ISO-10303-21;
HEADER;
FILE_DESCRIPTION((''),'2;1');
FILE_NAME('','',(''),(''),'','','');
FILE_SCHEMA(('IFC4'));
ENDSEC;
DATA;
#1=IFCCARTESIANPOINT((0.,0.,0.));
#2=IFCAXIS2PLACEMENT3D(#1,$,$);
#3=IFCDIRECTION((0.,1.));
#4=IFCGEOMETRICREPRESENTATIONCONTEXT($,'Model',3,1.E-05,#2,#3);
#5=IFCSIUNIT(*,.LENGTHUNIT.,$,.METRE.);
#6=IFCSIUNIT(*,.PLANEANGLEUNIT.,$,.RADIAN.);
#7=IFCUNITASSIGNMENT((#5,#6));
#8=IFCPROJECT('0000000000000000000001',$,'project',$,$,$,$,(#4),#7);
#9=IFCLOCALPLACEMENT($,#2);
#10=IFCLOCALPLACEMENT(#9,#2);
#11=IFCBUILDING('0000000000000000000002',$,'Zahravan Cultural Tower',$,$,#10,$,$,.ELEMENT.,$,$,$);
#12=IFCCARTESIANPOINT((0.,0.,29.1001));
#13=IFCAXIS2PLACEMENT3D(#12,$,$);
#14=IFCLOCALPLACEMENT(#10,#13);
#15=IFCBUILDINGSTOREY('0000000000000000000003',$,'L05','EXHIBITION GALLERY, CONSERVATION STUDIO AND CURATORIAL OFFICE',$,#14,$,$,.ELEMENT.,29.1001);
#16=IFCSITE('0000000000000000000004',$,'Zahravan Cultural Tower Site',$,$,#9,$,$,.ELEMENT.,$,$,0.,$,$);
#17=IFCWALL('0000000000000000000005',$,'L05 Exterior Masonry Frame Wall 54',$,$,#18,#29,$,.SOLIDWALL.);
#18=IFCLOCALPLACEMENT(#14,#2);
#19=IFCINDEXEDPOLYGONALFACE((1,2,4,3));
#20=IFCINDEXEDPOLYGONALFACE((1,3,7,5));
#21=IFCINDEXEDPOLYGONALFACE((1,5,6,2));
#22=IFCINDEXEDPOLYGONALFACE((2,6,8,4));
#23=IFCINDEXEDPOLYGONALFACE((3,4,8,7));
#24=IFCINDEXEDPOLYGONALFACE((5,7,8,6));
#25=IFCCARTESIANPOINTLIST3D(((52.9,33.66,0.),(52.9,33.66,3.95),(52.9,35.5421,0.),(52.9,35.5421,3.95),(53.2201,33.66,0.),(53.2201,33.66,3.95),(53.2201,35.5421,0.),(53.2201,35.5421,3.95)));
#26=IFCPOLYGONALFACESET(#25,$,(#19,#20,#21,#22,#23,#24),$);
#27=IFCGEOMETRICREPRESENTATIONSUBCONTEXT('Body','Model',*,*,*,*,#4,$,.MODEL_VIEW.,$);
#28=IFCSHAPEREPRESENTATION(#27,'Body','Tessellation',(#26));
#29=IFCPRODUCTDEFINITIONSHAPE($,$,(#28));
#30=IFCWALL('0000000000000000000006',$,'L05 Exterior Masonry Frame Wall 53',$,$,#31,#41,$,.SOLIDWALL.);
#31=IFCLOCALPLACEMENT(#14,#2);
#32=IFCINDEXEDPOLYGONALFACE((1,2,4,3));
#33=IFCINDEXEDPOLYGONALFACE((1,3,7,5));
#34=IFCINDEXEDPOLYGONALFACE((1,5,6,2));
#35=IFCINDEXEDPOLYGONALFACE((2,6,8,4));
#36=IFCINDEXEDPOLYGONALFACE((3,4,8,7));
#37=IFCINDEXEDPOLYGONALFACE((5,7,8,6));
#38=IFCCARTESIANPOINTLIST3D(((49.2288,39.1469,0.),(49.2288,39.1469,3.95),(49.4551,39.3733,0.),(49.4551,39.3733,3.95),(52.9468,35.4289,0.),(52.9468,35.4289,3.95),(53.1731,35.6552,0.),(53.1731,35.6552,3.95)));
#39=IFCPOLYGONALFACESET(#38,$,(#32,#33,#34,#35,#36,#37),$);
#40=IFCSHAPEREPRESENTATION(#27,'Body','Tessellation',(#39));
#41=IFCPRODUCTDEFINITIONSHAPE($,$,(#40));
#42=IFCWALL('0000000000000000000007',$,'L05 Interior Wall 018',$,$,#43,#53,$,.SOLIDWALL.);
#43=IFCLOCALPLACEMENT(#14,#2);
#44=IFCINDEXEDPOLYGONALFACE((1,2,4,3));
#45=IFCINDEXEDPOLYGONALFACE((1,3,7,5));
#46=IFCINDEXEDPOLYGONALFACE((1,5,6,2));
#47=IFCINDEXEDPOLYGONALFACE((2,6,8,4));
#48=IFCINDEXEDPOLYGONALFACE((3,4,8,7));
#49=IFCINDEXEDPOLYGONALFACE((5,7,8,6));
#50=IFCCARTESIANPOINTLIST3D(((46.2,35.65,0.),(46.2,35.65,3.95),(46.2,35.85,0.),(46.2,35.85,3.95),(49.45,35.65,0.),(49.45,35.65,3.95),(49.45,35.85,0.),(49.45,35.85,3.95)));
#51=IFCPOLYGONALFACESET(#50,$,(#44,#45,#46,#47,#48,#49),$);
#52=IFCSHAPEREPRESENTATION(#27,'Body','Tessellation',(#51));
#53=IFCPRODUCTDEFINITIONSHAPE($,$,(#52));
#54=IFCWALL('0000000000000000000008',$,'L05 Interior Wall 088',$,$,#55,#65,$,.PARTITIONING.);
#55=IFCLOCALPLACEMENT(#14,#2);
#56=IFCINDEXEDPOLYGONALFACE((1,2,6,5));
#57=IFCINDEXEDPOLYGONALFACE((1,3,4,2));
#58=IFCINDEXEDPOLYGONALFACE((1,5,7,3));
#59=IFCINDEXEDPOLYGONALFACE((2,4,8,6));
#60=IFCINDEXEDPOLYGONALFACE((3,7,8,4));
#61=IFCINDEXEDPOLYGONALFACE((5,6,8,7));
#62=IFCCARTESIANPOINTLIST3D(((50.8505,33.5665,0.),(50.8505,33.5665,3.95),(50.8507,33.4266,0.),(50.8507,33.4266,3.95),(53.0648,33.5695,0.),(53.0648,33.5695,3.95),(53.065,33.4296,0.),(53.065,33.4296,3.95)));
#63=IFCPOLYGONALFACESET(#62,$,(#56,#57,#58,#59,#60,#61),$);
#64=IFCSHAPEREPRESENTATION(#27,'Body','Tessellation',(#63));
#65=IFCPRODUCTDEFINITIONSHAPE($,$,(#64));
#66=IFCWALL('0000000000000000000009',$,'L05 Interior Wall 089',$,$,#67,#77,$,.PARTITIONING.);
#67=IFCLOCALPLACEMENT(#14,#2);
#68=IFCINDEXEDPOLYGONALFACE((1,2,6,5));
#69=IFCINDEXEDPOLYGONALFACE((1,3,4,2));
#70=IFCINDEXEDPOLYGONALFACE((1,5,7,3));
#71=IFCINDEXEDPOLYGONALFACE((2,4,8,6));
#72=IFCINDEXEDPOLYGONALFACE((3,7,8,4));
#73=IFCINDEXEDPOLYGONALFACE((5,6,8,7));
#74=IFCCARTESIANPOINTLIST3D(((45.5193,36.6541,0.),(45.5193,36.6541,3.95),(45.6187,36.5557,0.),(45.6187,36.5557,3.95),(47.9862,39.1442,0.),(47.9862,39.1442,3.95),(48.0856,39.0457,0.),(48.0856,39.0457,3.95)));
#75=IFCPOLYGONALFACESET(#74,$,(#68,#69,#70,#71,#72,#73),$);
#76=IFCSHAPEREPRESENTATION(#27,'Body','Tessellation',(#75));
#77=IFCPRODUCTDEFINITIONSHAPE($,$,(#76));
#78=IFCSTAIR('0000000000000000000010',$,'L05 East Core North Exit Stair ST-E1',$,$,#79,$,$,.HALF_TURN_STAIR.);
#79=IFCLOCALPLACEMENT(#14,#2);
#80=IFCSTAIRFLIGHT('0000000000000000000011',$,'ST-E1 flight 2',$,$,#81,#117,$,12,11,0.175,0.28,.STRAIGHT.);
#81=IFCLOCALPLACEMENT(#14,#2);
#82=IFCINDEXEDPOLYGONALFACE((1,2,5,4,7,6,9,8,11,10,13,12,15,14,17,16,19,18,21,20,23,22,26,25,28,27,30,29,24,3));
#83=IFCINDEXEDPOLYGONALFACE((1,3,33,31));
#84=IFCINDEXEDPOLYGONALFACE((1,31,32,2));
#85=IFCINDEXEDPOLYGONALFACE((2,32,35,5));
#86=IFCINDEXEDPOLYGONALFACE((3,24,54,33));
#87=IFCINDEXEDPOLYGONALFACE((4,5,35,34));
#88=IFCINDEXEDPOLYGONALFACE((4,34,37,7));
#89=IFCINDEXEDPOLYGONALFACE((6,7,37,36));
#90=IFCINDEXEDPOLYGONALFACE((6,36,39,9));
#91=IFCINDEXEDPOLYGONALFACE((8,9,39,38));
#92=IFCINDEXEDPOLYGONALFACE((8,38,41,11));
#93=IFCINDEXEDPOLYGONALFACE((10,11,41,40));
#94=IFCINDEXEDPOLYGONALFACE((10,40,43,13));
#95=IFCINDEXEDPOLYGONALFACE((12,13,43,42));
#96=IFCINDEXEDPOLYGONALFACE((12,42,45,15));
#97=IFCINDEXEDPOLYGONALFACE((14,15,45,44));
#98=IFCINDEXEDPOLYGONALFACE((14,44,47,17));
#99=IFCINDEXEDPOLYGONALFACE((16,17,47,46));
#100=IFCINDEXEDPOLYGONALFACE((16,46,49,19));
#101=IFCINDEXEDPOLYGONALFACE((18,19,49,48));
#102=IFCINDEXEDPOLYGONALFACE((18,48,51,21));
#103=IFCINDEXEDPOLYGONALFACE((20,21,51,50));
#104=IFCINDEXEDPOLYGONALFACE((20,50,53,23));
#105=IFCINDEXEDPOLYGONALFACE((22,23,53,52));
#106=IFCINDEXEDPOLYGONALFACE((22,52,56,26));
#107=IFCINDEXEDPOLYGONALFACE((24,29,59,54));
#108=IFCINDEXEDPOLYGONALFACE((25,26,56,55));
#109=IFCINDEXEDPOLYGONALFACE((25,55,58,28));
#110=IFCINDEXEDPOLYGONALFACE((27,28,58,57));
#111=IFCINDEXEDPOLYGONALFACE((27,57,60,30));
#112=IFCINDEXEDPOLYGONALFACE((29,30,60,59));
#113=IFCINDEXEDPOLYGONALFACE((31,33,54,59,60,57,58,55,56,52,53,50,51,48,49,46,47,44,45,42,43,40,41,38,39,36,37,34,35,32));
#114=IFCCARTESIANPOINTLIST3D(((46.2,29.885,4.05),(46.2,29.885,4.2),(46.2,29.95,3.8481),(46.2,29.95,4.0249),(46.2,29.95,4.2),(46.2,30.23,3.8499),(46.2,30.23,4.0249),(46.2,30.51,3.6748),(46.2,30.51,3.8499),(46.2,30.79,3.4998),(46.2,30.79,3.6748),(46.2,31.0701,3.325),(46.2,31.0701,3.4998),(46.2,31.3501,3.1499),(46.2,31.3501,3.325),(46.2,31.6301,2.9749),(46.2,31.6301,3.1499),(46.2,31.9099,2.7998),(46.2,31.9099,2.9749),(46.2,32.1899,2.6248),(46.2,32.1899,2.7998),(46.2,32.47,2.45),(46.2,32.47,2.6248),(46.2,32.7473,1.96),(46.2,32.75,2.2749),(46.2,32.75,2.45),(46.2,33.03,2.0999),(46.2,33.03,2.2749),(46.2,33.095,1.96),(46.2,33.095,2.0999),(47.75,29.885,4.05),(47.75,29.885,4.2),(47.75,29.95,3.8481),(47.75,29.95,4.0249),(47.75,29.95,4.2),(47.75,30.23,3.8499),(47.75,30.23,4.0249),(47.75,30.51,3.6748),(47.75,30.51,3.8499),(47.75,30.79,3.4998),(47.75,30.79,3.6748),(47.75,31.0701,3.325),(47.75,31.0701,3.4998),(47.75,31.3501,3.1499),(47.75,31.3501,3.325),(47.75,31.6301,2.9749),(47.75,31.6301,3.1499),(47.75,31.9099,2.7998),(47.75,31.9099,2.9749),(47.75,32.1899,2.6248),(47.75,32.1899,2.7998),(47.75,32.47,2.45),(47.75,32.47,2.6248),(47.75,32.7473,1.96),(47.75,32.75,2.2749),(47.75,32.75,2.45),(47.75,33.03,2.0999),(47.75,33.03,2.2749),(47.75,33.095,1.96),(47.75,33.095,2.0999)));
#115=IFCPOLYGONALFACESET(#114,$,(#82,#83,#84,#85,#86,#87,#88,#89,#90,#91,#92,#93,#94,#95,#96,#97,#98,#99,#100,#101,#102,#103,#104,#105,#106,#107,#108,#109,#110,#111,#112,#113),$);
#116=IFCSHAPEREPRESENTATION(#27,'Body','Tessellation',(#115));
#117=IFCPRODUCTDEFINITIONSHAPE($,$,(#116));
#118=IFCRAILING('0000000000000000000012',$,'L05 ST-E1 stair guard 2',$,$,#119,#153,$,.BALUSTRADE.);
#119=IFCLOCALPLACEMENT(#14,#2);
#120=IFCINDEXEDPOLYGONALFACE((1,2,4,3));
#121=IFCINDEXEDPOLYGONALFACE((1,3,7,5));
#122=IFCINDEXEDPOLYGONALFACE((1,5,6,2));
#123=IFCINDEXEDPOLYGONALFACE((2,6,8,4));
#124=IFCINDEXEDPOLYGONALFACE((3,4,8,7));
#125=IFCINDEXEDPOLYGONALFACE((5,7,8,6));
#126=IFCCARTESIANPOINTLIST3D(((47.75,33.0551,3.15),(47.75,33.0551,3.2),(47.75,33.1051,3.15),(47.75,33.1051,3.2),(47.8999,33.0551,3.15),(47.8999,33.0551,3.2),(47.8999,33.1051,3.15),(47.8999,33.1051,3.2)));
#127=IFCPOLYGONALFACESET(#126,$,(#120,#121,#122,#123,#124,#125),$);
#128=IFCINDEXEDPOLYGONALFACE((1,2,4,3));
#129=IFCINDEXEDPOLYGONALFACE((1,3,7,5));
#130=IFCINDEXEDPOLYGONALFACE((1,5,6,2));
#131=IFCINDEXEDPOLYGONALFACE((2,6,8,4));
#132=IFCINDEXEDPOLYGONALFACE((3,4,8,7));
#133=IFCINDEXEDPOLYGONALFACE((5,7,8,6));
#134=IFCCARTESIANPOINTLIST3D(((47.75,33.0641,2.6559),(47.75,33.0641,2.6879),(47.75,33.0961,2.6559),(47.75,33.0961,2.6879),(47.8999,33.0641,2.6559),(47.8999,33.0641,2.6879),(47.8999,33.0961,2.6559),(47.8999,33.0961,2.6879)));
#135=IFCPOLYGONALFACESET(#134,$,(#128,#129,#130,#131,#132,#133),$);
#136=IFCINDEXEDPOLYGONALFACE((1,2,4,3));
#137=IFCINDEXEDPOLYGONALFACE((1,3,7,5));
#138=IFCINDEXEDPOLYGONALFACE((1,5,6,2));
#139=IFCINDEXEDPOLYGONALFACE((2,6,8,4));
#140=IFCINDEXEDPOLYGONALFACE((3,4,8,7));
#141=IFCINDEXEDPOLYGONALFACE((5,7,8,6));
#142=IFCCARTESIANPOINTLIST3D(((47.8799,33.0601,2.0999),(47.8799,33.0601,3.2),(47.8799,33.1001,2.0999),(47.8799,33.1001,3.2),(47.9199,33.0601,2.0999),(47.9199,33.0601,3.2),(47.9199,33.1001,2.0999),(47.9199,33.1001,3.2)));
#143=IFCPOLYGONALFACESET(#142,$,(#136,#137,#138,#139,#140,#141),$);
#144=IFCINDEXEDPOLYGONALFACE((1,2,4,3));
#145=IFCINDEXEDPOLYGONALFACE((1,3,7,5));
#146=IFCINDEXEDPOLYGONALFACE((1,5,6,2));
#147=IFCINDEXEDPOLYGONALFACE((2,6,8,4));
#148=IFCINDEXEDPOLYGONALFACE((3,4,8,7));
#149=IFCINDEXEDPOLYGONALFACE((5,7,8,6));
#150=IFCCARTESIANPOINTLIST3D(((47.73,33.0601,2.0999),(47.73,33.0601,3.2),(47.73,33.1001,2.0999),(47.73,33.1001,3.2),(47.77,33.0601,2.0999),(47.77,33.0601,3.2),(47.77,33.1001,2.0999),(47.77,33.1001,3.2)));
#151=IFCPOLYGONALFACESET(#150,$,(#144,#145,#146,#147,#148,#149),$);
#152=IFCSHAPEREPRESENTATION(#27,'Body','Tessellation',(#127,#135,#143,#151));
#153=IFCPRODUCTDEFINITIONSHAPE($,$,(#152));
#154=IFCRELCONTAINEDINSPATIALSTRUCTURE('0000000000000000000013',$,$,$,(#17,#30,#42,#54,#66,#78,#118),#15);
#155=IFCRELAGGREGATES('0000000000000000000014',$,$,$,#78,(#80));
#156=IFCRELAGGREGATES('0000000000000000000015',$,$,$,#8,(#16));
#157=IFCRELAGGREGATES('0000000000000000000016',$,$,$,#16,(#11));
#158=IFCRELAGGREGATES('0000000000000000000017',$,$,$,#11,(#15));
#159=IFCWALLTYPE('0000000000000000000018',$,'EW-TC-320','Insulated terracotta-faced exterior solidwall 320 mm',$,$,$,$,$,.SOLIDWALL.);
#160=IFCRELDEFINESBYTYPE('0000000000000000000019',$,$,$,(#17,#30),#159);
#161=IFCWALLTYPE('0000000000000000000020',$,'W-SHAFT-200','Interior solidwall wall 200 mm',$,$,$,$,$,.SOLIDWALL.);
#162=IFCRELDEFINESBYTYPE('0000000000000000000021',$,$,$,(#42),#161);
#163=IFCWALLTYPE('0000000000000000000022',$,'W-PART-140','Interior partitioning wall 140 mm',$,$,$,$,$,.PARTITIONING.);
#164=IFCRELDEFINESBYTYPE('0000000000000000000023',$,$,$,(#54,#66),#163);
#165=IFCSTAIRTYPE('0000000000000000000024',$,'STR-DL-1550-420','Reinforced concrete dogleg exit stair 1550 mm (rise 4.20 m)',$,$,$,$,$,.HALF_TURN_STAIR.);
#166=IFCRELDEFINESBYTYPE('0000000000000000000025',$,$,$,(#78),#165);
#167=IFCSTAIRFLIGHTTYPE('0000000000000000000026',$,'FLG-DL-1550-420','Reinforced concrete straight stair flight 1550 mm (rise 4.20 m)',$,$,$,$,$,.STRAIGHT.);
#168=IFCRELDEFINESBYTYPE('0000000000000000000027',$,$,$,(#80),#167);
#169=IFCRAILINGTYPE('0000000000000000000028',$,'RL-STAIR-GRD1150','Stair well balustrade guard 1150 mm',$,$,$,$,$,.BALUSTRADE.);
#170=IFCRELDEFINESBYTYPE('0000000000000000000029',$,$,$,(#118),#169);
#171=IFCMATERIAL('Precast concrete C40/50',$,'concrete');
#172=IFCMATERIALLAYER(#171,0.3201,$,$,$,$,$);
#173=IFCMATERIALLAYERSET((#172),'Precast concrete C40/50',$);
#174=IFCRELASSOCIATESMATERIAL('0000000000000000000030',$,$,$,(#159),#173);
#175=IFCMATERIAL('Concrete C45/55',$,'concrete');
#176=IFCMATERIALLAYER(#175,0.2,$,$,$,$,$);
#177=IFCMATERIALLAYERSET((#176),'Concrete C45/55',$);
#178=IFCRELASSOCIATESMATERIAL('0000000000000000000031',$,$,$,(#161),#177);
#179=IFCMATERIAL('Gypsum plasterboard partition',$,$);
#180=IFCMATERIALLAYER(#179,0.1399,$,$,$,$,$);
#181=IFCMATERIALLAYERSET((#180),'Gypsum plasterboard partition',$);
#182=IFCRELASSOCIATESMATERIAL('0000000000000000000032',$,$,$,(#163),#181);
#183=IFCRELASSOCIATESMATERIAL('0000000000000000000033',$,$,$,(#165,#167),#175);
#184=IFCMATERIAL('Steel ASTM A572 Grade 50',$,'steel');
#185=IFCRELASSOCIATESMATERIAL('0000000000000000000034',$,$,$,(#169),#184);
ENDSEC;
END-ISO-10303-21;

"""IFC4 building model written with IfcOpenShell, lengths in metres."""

from ifc_helpers import new_model, si_unit, direction, frame, frame_2d, origin, origin_2d, place, context, subcontext, project, spatial, polyline, rectangle, outline, extrude, source, transform, mapped, material, layer, layer_set, type_object, element, aggregate, save


model = new_model("IFC4")

# Units and contexts
model_context = context("Model", 3, precision=1e-05, world=origin(), true_north=direction((0.0, 1.0)))
body_context = subcontext(model_context, "Body", "Model", "MODEL_VIEW")
ifc_project = project(units=[si_unit("LENGTHUNIT", "METRE"), si_unit("PLANEANGLEUNIT", "RADIAN")], contexts=[model_context])

# Site, building, storey
site_placement = place(None, origin())
site = spatial("IfcSite", under=ifc_project, at=site_placement, Name="Zahravan Cultural Tower Site", CompositionType="ELEMENT", RefElevation=0.0)
building_placement = place(site_placement, origin())
building = spatial("IfcBuilding", under=site, at=building_placement, Name="Zahravan Cultural Tower", CompositionType="ELEMENT")
storey_placement = place(building_placement, frame((0.0, 0.0, 29.1001)))
storey = spatial("IfcBuildingStorey", under=building, at=storey_placement, Name="L05", Description="EXHIBITION GALLERY, CONSERVATION STUDIO AND CURATORIAL OFFICE", CompositionType="ELEMENT", Elevation=29.1001)

# Shared definitions
ifc_material_1 = material(Name="Steel ASTM A572 Grade 50", Category="steel")

# Shared definitions
ifc_material_2 = material(Name="Precast concrete C40/50", Category="concrete")
ifc_layer_1 = layer(ifc_material_2, 0.3201)
ifc_layer_set_1 = layer_set([ifc_layer_1], Name="Precast concrete C40/50")
wall_type_1 = type_object("IfcWallType", Name="EW-TC-320", Description="Insulated terracotta-faced exterior solidwall 320 mm", PredefinedType="SOLIDWALL", material=ifc_layer_set_1)

# Walls
shared_shape_1 = source(origin(), body_context, "Body", "SweptSolid", [
    extrude(rectangle(XDim=1.8821, YDim=0.3201, at=frame_2d((0.9409, 0.0))), origin(), (0.0, 0.0, 1.0), 3.95),
])
wall_1_placement = place(storey_placement, frame((53.0601, 35.542, 0.0), z_axis=(0.0, 0.0, 1.0), x_axis=(0.0, -1.0, 0.0)))
element("IfcWall", 1, at=wall_1_placement, inside=storey, type_object=wall_type_1, Name="L05 Exterior Masonry Frame Wall 54", PredefinedType="SOLIDWALL", context=body_context, shape_type="MappedRepresentation", body=[
    mapped(shared_shape_1, transform((0.0, 0.0, 0.0), x_axis=(1.0, 0.0, 0.0), y_axis=(0.0, 1.0, 0.0), z_axis=(0.0, 0.0, 1.0), scale=1.0)),
])
shared_shape_2 = source(origin(), body_context, "Body", "SweptSolid", [
    extrude(rectangle(XDim=5.2581, YDim=0.3201, at=frame_2d((2.6289, 0.0))), origin(), (0.0, 0.0, 1.0), 3.95),
])
wall_2_placement = place(storey_placement, frame((49.342, 39.26, 0.0), z_axis=(0.0, 0.0, 1.0), x_axis=(0.707107, -0.707107, 0.0)))
element("IfcWall", 2, at=wall_2_placement, inside=storey, type_object=wall_type_1, Name="L05 Exterior Masonry Frame Wall 53", PredefinedType="SOLIDWALL", context=body_context, shape_type="MappedRepresentation", body=[
    mapped(shared_shape_2, transform((0.0, 0.0, 0.0), x_axis=(1.0, 0.0, 0.0), y_axis=(0.0, 1.0, 0.0), z_axis=(0.0, 0.0, 1.0), scale=1.0)),
])
ifc_material_3 = material(Name="Concrete C45/55", Category="concrete")
ifc_layer_2 = layer(ifc_material_3, 0.2)
ifc_layer_set_2 = layer_set([ifc_layer_2], Name="Concrete C45/55")
wall_type_2 = type_object("IfcWallType", Name="W-SHAFT-200", Description="Interior solidwall wall 200 mm", PredefinedType="SOLIDWALL", material=ifc_layer_set_2)
shared_shape_3 = source(origin(), body_context, "Body", "SweptSolid", [
    extrude(rectangle(XDim=3.25, YDim=0.2, at=frame_2d((1.625, 0.0))), origin(), (0.0, 0.0, 1.0), 3.95),
])
wall_3_placement = place(storey_placement, frame((46.2, 35.75, 0.0), z_axis=(0.0, 0.0, 1.0), x_axis=(1.0, 0.0, 0.0)))
element("IfcWall", 3, at=wall_3_placement, inside=storey, type_object=wall_type_2, Name="L05 Interior Wall 018", PredefinedType="SOLIDWALL", context=body_context, shape_type="MappedRepresentation", body=[
    mapped(shared_shape_3, transform((0.0, 0.0, 0.0), x_axis=(1.0, 0.0, 0.0), y_axis=(0.0, 1.0, 0.0), z_axis=(0.0, 0.0, 1.0), scale=1.0)),
])
ifc_material_4 = material(Name="Gypsum plasterboard partition")
ifc_layer_3 = layer(ifc_material_4, 0.1399)
ifc_layer_set_3 = layer_set([ifc_layer_3], Name="Gypsum plasterboard partition")
wall_type_3 = type_object("IfcWallType", Name="W-PART-140", Description="Interior partitioning wall 140 mm", PredefinedType="PARTITIONING", material=ifc_layer_set_3)
shared_shape_4 = source(origin(), body_context, "Body", "SweptSolid", [
    extrude(rectangle(XDim=2.2144, YDim=0.1399, at=frame_2d((1.1072, 0.0))), origin(), (0.0, 0.0, 1.0), 3.95),
])
wall_4_placement = place(storey_placement, frame((53.0649, 33.4995, 0.0), z_axis=(0.0, 0.0, 1.0), x_axis=(-0.999999, -0.001323, 0.0)))
element("IfcWall", 4, at=wall_4_placement, inside=storey, type_object=wall_type_3, Name="L05 Interior Wall 088", PredefinedType="PARTITIONING", context=body_context, shape_type="MappedRepresentation", body=[
    mapped(shared_shape_4, transform((0.0, 0.0, 0.0), x_axis=(1.0, 0.0, 0.0), y_axis=(0.0, 1.0, 0.0), z_axis=(0.0, 0.0, 1.0), scale=1.0)),
])
shared_shape_5 = source(origin(), body_context, "Body", "SweptSolid", [
    extrude(rectangle(XDim=3.5051, YDim=0.1399, at=frame_2d((1.7524, 0.0))), origin(), (0.0, 0.0, 1.0), 3.95),
])
wall_5_placement = place(storey_placement, frame((45.5691, 36.605, 0.0), z_axis=(0.0, 0.0, 1.0), x_axis=(0.70379, 0.710408, 0.0)))
element("IfcWall", 5, at=wall_5_placement, inside=storey, type_object=wall_type_3, Name="L05 Interior Wall 089", PredefinedType="PARTITIONING", context=body_context, shape_type="MappedRepresentation", body=[
    mapped(shared_shape_5, transform((0.0, 0.0, 0.0), x_axis=(1.0, 0.0, 0.0), y_axis=(0.0, 1.0, 0.0), z_axis=(0.0, 0.0, 1.0), scale=1.0)),
])

# Stair, stair flight
stair_type = type_object("IfcStairType", Name="STR-DL-1550-420", Description="Reinforced concrete dogleg exit stair 1550 mm (rise 4.20 m)", PredefinedType="HALF_TURN_STAIR", material=ifc_material_3)
stair_placement = place(storey_placement, origin())
stair = element("IfcStair", 6, at=stair_placement, inside=storey, type_object=stair_type, Name="L05 East Core North Exit Stair ST-E1", PredefinedType="HALF_TURN_STAIR")
stair_flight_type = type_object("IfcStairFlightType", Name="FLG-DL-1550-420", Description="Reinforced concrete straight stair flight 1550 mm (rise 4.20 m)", PredefinedType="STRAIGHT", material=ifc_material_3)
stair_flight_placement = place(storey_placement, frame((46.9751, 33.03, 2.0999), z_axis=(0.0, 0.0, 1.0), x_axis=(0.0, -1.0, 0.0)))
stair_flight = element("IfcStairFlight", 7, at=stair_flight_placement, type_object=stair_flight_type, Name="ST-E1 flight 2", NumberOfRisers=12, NumberOfTreads=11, PredefinedType="STRAIGHT", RiserHeight=0.175, TreadLength=0.28, context=body_context, shape_type="SweptSolid", body=[
    extrude(outline(polyline([(-0.0649, -0.1399), (-0.0649, 0.0), (0.0, 0.0), (0.0, 0.175), (0.28, 0.175), (0.28, 0.3501), (0.5601, 0.3501), (0.5601, 0.5249), (0.8401, 0.5249), (0.8401, 0.7), (1.1201, 0.7), (1.1201, 0.875), (1.3999, 0.875), (1.3999, 1.05), (1.6799, 1.05), (1.6799, 1.2251), (1.96, 1.2251), (1.96, 1.3999), (2.24, 1.3999), (2.24, 1.575), (2.52, 1.575), (2.52, 1.75), (2.8, 1.75), (2.8, 1.925), (3.0801, 1.925), (3.0801, 2.1001), (3.145, 2.1001), (3.145, 1.9502), (3.0801, 1.7483), (0.2827, -0.1399), (-0.0649, -0.1399)])), frame((0.0, 0.7749, 0.0), z_axis=(0.0, -1.0, 0.0), x_axis=(1.0, 0.0, 0.0)), (0.0, 0.0, 1.0), 1.55),
])
aggregate(stair, [stair_flight])

# Railing
railing_type_1 = type_object("IfcRailingType", Name="RL-STAIR-GRD1150", Description="Stair well balustrade guard 1150 mm", PredefinedType="BALUSTRADE", material=ifc_material_1)
railing_1_placement = place(storey_placement, frame((47.8999, 33.0801, 2.0999)))
element("IfcRailing", 8, at=railing_1_placement, inside=storey, type_object=railing_type_1, Name="L05 ST-E1 stair guard 2", PredefinedType="BALUSTRADE", context=body_context, shape_type="SweptSolid", body=[
    extrude(rectangle(XDim=0.05, YDim=0.05, at=origin_2d()), frame((0.0, 0.0, 1.0752), z_axis=(-1.0, 0.0, 0.0), x_axis=(0.0, -1.0, 0.0)), (0.0, 0.0, 1.0), 0.1499),
    extrude(rectangle(XDim=0.032, YDim=0.032, at=origin_2d()), frame((0.0, 0.0, 0.572), z_axis=(-1.0, 0.0, 0.0), x_axis=(0.0, -1.0, 0.0)), (0.0, 0.0, 1.0), 0.1499),
    extrude(rectangle(XDim=0.04, YDim=0.04, at=origin_2d()), origin(), (0.0, 0.0, 1.0), 1.1001),
    extrude(rectangle(XDim=0.04, YDim=0.04, at=origin_2d()), frame((-0.1499, 0.0, 0.0)), (0.0, 0.0, 1.0), 1.1001),
])

save(model, "model.ifc")
